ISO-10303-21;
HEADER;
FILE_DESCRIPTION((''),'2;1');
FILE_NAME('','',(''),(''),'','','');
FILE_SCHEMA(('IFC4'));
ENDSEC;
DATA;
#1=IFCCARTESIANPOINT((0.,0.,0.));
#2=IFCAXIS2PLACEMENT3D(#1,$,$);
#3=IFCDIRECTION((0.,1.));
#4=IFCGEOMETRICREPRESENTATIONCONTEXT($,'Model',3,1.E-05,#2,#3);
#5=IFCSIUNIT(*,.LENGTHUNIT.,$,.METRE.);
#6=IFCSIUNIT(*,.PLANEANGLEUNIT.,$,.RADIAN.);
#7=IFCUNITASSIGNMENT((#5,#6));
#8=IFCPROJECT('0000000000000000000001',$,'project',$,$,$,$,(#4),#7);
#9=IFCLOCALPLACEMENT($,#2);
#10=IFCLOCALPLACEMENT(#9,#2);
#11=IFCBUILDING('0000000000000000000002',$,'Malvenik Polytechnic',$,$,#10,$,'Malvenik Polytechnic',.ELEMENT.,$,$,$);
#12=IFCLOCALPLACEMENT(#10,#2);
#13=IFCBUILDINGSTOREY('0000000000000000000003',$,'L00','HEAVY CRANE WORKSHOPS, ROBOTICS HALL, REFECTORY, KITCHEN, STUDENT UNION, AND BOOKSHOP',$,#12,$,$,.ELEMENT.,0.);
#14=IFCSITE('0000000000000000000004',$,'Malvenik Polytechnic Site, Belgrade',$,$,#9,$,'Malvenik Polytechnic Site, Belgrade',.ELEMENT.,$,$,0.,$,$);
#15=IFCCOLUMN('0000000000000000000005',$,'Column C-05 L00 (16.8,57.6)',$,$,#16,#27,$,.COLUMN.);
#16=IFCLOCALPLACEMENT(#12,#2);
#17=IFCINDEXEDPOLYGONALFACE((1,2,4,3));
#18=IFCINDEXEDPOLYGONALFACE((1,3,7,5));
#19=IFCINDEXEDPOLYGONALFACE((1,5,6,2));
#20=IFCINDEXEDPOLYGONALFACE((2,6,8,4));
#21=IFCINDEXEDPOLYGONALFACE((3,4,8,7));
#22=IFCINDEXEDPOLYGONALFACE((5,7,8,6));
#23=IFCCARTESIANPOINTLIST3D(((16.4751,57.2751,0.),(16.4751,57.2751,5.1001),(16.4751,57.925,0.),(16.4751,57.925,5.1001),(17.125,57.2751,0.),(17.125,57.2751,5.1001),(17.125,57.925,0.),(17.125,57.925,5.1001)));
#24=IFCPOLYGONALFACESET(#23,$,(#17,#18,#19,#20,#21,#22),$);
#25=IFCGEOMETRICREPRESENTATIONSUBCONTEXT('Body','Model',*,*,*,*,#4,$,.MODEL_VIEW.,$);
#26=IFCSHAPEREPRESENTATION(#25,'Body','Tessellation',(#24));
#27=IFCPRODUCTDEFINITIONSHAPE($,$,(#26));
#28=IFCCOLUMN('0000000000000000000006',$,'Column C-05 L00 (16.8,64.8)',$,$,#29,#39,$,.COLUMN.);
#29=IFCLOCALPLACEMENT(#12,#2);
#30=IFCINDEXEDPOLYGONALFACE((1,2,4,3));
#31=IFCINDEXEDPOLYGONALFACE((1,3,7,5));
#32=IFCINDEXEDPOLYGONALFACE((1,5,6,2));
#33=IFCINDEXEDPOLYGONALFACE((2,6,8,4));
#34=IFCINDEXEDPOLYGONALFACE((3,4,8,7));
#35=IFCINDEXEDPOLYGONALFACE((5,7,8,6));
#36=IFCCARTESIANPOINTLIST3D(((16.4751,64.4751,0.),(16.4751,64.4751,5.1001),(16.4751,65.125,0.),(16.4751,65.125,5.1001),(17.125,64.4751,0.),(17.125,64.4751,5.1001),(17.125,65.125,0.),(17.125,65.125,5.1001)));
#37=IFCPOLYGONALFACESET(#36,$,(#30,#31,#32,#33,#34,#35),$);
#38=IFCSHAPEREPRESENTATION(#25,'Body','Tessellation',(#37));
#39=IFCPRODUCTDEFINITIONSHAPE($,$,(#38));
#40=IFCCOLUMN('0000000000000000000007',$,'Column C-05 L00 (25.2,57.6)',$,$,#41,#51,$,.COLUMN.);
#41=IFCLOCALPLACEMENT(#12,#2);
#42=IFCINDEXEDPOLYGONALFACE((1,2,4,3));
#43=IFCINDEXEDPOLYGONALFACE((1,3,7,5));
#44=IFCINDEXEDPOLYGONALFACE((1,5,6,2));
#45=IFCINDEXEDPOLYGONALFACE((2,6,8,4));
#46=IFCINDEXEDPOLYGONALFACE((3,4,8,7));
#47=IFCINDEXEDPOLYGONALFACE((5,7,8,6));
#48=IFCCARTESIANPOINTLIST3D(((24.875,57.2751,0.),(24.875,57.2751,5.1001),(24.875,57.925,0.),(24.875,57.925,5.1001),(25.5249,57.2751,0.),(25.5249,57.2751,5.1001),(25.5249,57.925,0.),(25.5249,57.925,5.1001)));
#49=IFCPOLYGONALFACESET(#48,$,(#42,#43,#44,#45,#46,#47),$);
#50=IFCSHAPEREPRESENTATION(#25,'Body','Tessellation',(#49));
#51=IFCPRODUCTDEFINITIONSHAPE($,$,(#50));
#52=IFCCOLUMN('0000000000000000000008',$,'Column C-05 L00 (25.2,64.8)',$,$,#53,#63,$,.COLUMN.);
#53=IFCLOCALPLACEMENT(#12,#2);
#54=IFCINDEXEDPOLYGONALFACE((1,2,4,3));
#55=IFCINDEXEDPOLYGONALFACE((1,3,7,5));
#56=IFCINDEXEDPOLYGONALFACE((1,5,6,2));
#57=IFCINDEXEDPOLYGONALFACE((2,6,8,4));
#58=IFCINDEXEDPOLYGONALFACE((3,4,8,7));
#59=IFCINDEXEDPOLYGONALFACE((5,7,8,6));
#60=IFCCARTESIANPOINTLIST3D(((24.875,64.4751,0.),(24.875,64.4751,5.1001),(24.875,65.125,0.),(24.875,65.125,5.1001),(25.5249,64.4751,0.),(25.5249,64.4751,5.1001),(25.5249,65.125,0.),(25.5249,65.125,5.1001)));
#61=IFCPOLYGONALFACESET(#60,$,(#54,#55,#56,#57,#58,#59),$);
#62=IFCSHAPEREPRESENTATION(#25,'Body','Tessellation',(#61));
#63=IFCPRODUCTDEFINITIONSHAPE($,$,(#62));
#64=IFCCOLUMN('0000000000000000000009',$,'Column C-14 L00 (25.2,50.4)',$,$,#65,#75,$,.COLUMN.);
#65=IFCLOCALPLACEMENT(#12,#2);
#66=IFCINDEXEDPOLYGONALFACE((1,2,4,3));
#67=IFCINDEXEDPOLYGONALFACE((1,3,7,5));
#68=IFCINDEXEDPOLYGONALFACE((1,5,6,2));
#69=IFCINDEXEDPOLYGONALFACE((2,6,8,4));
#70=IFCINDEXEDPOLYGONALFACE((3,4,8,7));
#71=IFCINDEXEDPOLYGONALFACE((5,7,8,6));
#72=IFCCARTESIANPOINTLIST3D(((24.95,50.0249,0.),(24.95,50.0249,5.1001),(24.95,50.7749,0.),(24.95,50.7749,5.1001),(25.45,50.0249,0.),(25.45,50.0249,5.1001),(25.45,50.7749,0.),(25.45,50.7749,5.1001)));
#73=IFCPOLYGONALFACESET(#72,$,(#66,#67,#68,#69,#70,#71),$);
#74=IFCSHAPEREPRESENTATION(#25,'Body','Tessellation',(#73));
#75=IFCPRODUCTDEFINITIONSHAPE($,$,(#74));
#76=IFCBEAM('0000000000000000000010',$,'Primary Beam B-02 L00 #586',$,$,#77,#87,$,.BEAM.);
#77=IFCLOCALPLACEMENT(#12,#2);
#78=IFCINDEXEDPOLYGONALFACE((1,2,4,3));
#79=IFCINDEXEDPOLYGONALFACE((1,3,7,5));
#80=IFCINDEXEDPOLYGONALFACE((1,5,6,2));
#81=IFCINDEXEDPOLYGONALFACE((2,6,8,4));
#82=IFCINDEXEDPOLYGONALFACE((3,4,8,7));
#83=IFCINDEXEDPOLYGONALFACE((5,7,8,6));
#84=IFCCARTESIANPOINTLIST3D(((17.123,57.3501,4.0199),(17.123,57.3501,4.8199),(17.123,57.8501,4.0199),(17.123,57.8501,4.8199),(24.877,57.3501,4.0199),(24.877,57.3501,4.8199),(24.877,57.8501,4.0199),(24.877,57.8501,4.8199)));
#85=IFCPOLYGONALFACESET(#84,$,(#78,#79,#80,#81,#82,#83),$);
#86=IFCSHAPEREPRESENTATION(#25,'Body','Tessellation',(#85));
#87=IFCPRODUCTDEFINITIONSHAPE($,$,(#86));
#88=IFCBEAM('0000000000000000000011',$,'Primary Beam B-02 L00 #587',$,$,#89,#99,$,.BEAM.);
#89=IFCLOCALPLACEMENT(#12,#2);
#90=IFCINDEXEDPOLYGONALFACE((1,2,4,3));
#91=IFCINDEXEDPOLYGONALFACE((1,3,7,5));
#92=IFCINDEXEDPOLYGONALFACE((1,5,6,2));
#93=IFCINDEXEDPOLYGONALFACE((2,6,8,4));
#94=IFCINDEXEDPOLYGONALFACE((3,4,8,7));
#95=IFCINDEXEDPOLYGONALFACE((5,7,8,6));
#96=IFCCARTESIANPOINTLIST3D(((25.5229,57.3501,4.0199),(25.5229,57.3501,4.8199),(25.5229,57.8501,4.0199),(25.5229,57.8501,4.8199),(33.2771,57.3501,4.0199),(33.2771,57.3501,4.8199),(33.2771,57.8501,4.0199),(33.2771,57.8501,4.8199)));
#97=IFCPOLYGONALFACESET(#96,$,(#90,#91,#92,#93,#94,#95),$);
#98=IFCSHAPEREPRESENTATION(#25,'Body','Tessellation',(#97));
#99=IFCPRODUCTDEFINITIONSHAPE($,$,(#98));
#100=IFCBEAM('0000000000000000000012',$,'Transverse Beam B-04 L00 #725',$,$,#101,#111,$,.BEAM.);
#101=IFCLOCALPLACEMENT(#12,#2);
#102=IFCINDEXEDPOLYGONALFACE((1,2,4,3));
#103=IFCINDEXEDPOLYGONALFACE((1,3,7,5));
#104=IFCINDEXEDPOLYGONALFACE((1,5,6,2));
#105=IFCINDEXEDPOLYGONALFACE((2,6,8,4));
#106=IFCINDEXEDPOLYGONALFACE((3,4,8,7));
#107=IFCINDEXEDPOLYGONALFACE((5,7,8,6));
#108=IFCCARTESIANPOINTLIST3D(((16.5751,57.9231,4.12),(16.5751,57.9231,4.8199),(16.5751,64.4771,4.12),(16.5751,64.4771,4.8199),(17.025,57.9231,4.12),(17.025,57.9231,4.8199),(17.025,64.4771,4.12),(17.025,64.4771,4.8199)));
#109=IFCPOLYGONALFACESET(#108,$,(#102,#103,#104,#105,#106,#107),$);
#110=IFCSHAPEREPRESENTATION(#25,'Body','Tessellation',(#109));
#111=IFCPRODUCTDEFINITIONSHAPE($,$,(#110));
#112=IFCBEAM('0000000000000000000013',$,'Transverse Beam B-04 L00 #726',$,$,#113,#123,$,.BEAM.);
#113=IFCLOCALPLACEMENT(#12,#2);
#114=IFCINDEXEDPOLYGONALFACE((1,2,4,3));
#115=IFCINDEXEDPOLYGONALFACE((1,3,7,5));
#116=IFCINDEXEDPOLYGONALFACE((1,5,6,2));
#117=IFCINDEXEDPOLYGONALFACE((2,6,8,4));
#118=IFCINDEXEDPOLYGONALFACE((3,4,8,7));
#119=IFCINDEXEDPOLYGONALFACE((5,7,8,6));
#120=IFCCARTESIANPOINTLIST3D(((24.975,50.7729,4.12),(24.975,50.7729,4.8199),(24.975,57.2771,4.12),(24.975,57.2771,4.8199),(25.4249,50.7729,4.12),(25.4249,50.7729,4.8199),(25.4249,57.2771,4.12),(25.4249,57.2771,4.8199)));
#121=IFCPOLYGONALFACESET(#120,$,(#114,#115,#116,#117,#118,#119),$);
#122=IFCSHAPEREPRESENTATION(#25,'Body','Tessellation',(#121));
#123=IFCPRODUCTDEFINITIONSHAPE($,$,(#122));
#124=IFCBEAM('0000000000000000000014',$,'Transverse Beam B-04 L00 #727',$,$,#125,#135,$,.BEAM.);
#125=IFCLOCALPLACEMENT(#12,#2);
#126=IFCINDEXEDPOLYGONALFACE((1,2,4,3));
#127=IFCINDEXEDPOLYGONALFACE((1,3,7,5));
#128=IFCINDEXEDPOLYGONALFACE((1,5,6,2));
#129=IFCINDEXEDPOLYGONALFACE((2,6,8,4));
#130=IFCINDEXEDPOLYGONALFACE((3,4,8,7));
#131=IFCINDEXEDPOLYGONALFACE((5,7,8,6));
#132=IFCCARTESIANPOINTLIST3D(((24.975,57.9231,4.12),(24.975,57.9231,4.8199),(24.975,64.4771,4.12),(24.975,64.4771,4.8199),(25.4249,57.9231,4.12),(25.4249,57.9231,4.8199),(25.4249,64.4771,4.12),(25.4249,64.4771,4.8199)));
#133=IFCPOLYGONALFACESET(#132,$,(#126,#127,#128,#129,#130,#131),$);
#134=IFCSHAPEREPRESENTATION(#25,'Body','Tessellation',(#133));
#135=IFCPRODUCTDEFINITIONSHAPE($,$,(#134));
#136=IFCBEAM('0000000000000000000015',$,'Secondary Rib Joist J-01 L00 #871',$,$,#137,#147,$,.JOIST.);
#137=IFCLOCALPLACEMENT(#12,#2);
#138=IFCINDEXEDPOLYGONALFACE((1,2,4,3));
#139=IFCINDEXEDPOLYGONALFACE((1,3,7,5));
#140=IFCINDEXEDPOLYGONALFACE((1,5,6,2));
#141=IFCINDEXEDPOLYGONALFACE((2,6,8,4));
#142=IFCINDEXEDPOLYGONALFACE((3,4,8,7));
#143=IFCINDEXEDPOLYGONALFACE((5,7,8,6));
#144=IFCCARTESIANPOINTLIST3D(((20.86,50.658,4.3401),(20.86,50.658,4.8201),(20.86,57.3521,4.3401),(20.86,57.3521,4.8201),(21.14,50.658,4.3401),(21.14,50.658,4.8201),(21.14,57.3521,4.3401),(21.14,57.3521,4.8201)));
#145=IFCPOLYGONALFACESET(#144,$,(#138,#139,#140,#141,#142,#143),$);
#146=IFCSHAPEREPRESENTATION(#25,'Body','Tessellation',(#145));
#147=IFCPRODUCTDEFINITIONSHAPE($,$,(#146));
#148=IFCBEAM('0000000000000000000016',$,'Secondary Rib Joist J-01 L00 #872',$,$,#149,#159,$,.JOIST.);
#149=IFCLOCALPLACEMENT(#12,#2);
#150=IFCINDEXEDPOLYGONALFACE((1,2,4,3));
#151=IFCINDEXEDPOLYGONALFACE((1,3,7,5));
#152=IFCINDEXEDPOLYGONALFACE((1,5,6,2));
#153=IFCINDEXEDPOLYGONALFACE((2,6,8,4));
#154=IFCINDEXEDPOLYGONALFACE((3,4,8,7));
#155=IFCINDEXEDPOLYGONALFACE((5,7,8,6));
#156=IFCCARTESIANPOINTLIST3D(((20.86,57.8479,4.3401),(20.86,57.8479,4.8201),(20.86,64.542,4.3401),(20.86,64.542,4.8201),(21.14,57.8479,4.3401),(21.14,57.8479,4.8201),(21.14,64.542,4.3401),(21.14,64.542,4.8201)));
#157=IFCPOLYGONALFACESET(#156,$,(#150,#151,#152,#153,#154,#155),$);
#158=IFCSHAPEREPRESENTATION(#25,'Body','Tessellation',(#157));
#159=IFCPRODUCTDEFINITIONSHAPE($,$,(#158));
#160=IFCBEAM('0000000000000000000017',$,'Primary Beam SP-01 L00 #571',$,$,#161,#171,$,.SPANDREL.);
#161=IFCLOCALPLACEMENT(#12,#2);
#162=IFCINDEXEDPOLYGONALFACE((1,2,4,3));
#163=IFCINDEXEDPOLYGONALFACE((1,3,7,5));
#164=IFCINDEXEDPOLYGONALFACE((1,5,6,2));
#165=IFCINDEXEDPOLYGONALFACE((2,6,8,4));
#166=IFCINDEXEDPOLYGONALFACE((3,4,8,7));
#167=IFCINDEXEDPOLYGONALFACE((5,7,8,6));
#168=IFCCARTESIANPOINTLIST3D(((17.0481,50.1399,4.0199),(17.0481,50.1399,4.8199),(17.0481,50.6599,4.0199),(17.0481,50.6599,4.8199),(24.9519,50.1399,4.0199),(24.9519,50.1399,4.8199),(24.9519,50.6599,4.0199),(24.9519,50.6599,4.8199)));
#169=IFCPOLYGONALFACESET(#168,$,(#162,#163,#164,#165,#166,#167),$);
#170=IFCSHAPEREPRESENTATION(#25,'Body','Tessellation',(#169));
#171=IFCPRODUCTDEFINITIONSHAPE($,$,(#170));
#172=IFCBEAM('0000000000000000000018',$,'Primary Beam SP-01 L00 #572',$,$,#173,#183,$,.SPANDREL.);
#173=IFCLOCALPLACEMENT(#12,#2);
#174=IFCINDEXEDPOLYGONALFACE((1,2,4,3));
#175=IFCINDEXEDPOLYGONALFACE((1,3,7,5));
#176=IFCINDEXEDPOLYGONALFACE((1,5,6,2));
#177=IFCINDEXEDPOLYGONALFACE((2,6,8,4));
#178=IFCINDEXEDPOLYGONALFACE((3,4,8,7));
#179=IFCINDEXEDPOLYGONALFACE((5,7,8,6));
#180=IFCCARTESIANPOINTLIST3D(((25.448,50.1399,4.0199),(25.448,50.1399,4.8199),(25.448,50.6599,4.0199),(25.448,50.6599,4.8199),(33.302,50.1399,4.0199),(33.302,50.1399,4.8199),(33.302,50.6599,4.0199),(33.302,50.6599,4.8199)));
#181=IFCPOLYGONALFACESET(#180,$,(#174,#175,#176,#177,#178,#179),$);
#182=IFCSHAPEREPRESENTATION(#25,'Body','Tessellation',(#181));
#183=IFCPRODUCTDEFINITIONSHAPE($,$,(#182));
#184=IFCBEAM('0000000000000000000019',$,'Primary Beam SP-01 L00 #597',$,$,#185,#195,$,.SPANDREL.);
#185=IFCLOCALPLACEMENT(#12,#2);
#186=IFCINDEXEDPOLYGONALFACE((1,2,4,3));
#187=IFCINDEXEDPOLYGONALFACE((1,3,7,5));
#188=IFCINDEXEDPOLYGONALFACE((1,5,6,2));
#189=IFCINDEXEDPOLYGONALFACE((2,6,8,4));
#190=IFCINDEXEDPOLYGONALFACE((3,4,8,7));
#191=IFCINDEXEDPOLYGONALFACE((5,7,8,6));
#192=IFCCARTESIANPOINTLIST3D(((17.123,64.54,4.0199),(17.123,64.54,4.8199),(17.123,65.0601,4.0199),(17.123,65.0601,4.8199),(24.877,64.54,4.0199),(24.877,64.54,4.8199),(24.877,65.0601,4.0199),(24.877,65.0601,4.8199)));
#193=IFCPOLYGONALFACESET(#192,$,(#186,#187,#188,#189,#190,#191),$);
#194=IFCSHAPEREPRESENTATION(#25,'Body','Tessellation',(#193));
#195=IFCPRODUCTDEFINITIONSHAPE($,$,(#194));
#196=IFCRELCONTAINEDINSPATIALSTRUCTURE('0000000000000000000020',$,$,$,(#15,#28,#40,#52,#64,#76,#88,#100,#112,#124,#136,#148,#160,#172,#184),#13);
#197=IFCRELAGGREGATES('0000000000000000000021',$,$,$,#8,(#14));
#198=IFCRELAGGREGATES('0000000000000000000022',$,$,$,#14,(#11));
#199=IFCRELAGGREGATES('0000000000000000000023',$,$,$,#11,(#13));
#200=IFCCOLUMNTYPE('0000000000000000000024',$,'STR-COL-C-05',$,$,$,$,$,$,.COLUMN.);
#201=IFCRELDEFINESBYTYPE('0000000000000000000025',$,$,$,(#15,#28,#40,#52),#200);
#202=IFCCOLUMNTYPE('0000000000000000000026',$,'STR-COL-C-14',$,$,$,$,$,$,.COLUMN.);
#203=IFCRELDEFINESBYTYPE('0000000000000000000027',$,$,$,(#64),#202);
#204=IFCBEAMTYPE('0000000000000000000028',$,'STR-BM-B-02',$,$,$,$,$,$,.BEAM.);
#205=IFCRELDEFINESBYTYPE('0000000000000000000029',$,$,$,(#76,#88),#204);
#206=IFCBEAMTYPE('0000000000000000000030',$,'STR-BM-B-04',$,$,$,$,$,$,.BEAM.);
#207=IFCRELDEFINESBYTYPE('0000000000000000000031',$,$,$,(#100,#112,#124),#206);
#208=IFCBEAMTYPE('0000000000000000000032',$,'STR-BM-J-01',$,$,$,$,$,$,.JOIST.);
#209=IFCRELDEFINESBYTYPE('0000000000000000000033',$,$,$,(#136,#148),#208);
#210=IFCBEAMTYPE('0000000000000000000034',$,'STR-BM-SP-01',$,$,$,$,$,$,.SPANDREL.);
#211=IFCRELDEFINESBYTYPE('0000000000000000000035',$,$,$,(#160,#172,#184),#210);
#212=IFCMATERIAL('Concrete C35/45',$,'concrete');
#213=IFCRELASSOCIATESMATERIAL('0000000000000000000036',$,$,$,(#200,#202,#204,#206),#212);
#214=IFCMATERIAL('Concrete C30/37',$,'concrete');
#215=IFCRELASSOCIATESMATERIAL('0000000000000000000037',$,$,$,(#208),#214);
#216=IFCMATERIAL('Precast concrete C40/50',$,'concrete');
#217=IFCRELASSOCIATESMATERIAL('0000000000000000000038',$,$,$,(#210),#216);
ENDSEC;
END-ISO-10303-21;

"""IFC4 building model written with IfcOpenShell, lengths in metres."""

from ifc_helpers import new_model, si_unit, direction, frame, origin, origin_2d, place, context, subcontext, project, spatial, rectangle, extrude, material, material_profile, profile_set, type_object, element, save


model = new_model("IFC4")

# Units and contexts
model_context = context("Model", 3, precision=1e-05, world=origin(), true_north=direction((0.0, 1.0)))
body_context = subcontext(model_context, "Body", "Model", "MODEL_VIEW")
ifc_project = project(units=[si_unit("LENGTHUNIT", "METRE"), si_unit("PLANEANGLEUNIT", "RADIAN")], contexts=[model_context])

# Site, building, storey
site_placement = place(None, origin())
site = spatial("IfcSite", under=ifc_project, at=site_placement, Name="Malvenik Polytechnic Site, Belgrade", LongName="Malvenik Polytechnic Site, Belgrade", CompositionType="ELEMENT", RefElevation=0.0)
building_placement = place(site_placement, origin())
building = spatial("IfcBuilding", under=site, at=building_placement, Name="Malvenik Polytechnic", LongName="Malvenik Polytechnic", CompositionType="ELEMENT")
storey_placement = place(building_placement, origin())
storey = spatial("IfcBuildingStorey", under=building, at=storey_placement, Name="L00", Description="HEAVY CRANE WORKSHOPS, ROBOTICS HALL, REFECTORY, KITCHEN, STUDENT UNION, AND BOOKSHOP", CompositionType="ELEMENT", Elevation=0.0)

# Columns
ifc_material_1 = material(Name="Concrete C35/45", Category="concrete")
ifc_material_profile_1 = material_profile(ifc_material_1, rectangle(XDim=0.6499, YDim=0.6499, at=origin_2d()), Name="RC COL 650x650")
ifc_profile_set_1 = profile_set([ifc_material_profile_1], Name="Concrete C35/45")
column_type_1 = type_object("IfcColumnType", Name="STR-COL-C-05", PredefinedType="COLUMN", material=ifc_profile_set_1)
for number, where, z_axis, x_axis, name in (
    (1, (16.8, 57.6001, 0.0), (0.0, 0.0, 1.0), (1.0, 0.0, 0.0), "Column C-05 L00 (16.8,57.6)"),
    (2, (16.8, 64.8, 0.0), (0.0, 0.0, 1.0), (1.0, 0.0, 0.0), "Column C-05 L00 (16.8,64.8)"),
    (3, (25.2, 57.6001, 0.0), (0.0, 0.0, 1.0), (1.0, 0.0, 0.0), "Column C-05 L00 (25.2,57.6)"),
    (4, (25.2, 64.8, 0.0), (0.0, 0.0, 1.0), (1.0, 0.0, 0.0), "Column C-05 L00 (25.2,64.8)"),
):
    element("IfcColumn", number, at=place(storey_placement, frame(where, z_axis=z_axis, x_axis=x_axis)), inside=storey, type_object=column_type_1, Name=name, PredefinedType="COLUMN", context=body_context, shape_type="SweptSolid", body=[
        extrude(rectangle(XDim=0.6499, YDim=0.6499, at=origin_2d()), origin(), (0.0, 0.0, 1.0), 5.1001),
    ])
ifc_material_profile_2 = material_profile(ifc_material_1, rectangle(XDim=0.5, YDim=0.75, at=origin_2d()), Name="RC COL 750x500")
ifc_profile_set_2 = profile_set([ifc_material_profile_2], Name="Concrete C35/45")
column_type_2 = type_object("IfcColumnType", Name="STR-COL-C-14", PredefinedType="COLUMN", material=ifc_profile_set_2)
column_placement = place(storey_placement, frame((25.2, 50.3999, 0.0), z_axis=(0.0, 0.0, 1.0), x_axis=(1.0, 0.0, 0.0)))
element("IfcColumn", 5, at=column_placement, inside=storey, type_object=column_type_2, Name="Column C-14 L00 (25.2,50.4)", PredefinedType="COLUMN", context=body_context, shape_type="SweptSolid", body=[
    extrude(rectangle(XDim=0.5, YDim=0.75, at=origin_2d()), origin(), (0.0, 0.0, 1.0), 5.1001),
])

# Beams
ifc_material_profile_3 = material_profile(ifc_material_1, rectangle(XDim=0.5, YDim=0.8, at=origin_2d()), Name="RC BM 500x800")
ifc_profile_set_3 = profile_set([ifc_material_profile_3], Name="Concrete C35/45")
beam_type_1 = type_object("IfcBeamType", Name="STR-BM-B-02", PredefinedType="BEAM", material=ifc_profile_set_3)
beam_1_placement = place(storey_placement, frame((17.123, 57.6001, 4.4199), z_axis=(1.0, 0.0, 0.0), x_axis=(0.0, 1.0, 0.0)))
element("IfcBeam", 6, at=beam_1_placement, inside=storey, type_object=beam_type_1, Name="Primary Beam B-02 L00 #586", PredefinedType="BEAM", context=body_context, shape_type="SweptSolid", body=[
    extrude(rectangle(XDim=0.5, YDim=0.8, at=origin_2d()), origin(), (0.0, 0.0, 1.0), 7.7539),
])
beam_2_placement = place(storey_placement, frame((25.5229, 57.6001, 4.4199), z_axis=(1.0, 0.0, 0.0), x_axis=(0.0, 1.0, 0.0)))
element("IfcBeam", 7, at=beam_2_placement, inside=storey, type_object=beam_type_1, Name="Primary Beam B-02 L00 #587", PredefinedType="BEAM", context=body_context, shape_type="SweptSolid", body=[
    extrude(rectangle(XDim=0.5, YDim=0.8, at=origin_2d()), origin(), (0.0, 0.0, 1.0), 7.7542),
])
ifc_material_profile_4 = material_profile(ifc_material_1, rectangle(XDim=0.45, YDim=0.7, at=origin_2d()), Name="RC BM 450x700")
ifc_profile_set_4 = profile_set([ifc_material_profile_4], Name="Concrete C35/45")
beam_type_2 = type_object("IfcBeamType", Name="STR-BM-B-04", PredefinedType="BEAM", material=ifc_profile_set_4)
beam_3_placement = place(storey_placement, frame((16.8, 57.9231, 4.47), z_axis=(0.0, 1.0, 0.0), x_axis=(-1.0, 0.0, 0.0)))
element("IfcBeam", 8, at=beam_3_placement, inside=storey, type_object=beam_type_2, Name="Transverse Beam B-04 L00 #725", PredefinedType="BEAM", context=body_context, shape_type="SweptSolid", body=[
    extrude(rectangle(XDim=0.45, YDim=0.7, at=origin_2d()), origin(), (0.0, 0.0, 1.0), 6.554),
])
beam_4_placement = place(storey_placement, frame((25.2, 50.7729, 4.47), z_axis=(0.0, 1.0, 0.0), x_axis=(-1.0, 0.0, 0.0)))
element("IfcBeam", 9, at=beam_4_placement, inside=storey, type_object=beam_type_2, Name="Transverse Beam B-04 L00 #726", PredefinedType="BEAM", context=body_context, shape_type="SweptSolid", body=[
    extrude(rectangle(XDim=0.45, YDim=0.7, at=origin_2d()), origin(), (0.0, 0.0, 1.0), 6.5042),
])
beam_5_placement = place(storey_placement, frame((25.2, 57.9231, 4.47), z_axis=(0.0, 1.0, 0.0), x_axis=(-1.0, 0.0, 0.0)))
element("IfcBeam", 10, at=beam_5_placement, inside=storey, type_object=beam_type_2, Name="Transverse Beam B-04 L00 #727", PredefinedType="BEAM", context=body_context, shape_type="SweptSolid", body=[
    extrude(rectangle(XDim=0.45, YDim=0.7, at=origin_2d()), origin(), (0.0, 0.0, 1.0), 6.554),
])
ifc_material_2 = material(Name="Concrete C30/37", Category="concrete")
ifc_material_profile_5 = material_profile(ifc_material_2, rectangle(XDim=0.28, YDim=0.48, at=origin_2d()), Name="RC JST 280x480")
ifc_profile_set_5 = profile_set([ifc_material_profile_5], Name="Concrete C30/37")
beam_type_3 = type_object("IfcBeamType", Name="STR-BM-J-01", PredefinedType="JOIST", material=ifc_profile_set_5)
for number, where, z_axis, x_axis, name in (
    (11, (21.0, 50.658, 4.5801), (0.0, 1.0, 0.0), (-1.0, 0.0, 0.0), "Secondary Rib Joist J-01 L00 #871"),
    (12, (21.0, 57.8479, 4.5801), (0.0, 1.0, 0.0), (-1.0, 0.0, 0.0), "Secondary Rib Joist J-01 L00 #872"),
):
    element("IfcBeam", number, at=place(storey_placement, frame(where, z_axis=z_axis, x_axis=x_axis)), inside=storey, type_object=beam_type_3, Name=name, PredefinedType="JOIST", context=body_context, shape_type="SweptSolid", body=[
        extrude(rectangle(XDim=0.28, YDim=0.48, at=origin_2d()), origin(), (0.0, 0.0, 1.0), 6.6941),
    ])
ifc_material_3 = material(Name="Precast concrete C40/50", Category="concrete")
ifc_material_profile_6 = material_profile(ifc_material_3, rectangle(XDim=0.52, YDim=0.8, at=origin_2d()), Name="PC SPN 520x800")
ifc_profile_set_6 = profile_set([ifc_material_profile_6], Name="Precast concrete C40/50")
beam_type_4 = type_object("IfcBeamType", Name="STR-BM-SP-01", PredefinedType="SPANDREL", material=ifc_profile_set_6)
beam_6_placement = place(storey_placement, frame((17.0481, 50.3999, 4.4199), z_axis=(1.0, 0.0, 0.0), x_axis=(0.0, 1.0, 0.0)))
element("IfcBeam", 13, at=beam_6_placement, inside=storey, type_object=beam_type_4, Name="Primary Beam SP-01 L00 #571", PredefinedType="SPANDREL", context=body_context, shape_type="SweptSolid", body=[
    extrude(rectangle(XDim=0.52, YDim=0.8, at=origin_2d()), origin(), (0.0, 0.0, 1.0), 7.9038),
])
beam_7_placement = place(storey_placement, frame((25.448, 50.3999, 4.4199), z_axis=(1.0, 0.0, 0.0), x_axis=(0.0, 1.0, 0.0)))
element("IfcBeam", 14, at=beam_7_placement, inside=storey, type_object=beam_type_4, Name="Primary Beam SP-01 L00 #572", PredefinedType="SPANDREL", context=body_context, shape_type="SweptSolid", body=[
    extrude(rectangle(XDim=0.52, YDim=0.8, at=origin_2d()), origin(), (0.0, 0.0, 1.0), 7.854),
])
beam_8_placement = place(storey_placement, frame((17.123, 64.8, 4.4199), z_axis=(1.0, 0.0, 0.0), x_axis=(0.0, 1.0, 0.0)))
element("IfcBeam", 15, at=beam_8_placement, inside=storey, type_object=beam_type_4, Name="Primary Beam SP-01 L00 #597", PredefinedType="SPANDREL", context=body_context, shape_type="SweptSolid", body=[
    extrude(rectangle(XDim=0.52, YDim=0.8, at=origin_2d()), origin(), (0.0, 0.0, 1.0), 7.7539),
])

save(model, "model.ifc")
